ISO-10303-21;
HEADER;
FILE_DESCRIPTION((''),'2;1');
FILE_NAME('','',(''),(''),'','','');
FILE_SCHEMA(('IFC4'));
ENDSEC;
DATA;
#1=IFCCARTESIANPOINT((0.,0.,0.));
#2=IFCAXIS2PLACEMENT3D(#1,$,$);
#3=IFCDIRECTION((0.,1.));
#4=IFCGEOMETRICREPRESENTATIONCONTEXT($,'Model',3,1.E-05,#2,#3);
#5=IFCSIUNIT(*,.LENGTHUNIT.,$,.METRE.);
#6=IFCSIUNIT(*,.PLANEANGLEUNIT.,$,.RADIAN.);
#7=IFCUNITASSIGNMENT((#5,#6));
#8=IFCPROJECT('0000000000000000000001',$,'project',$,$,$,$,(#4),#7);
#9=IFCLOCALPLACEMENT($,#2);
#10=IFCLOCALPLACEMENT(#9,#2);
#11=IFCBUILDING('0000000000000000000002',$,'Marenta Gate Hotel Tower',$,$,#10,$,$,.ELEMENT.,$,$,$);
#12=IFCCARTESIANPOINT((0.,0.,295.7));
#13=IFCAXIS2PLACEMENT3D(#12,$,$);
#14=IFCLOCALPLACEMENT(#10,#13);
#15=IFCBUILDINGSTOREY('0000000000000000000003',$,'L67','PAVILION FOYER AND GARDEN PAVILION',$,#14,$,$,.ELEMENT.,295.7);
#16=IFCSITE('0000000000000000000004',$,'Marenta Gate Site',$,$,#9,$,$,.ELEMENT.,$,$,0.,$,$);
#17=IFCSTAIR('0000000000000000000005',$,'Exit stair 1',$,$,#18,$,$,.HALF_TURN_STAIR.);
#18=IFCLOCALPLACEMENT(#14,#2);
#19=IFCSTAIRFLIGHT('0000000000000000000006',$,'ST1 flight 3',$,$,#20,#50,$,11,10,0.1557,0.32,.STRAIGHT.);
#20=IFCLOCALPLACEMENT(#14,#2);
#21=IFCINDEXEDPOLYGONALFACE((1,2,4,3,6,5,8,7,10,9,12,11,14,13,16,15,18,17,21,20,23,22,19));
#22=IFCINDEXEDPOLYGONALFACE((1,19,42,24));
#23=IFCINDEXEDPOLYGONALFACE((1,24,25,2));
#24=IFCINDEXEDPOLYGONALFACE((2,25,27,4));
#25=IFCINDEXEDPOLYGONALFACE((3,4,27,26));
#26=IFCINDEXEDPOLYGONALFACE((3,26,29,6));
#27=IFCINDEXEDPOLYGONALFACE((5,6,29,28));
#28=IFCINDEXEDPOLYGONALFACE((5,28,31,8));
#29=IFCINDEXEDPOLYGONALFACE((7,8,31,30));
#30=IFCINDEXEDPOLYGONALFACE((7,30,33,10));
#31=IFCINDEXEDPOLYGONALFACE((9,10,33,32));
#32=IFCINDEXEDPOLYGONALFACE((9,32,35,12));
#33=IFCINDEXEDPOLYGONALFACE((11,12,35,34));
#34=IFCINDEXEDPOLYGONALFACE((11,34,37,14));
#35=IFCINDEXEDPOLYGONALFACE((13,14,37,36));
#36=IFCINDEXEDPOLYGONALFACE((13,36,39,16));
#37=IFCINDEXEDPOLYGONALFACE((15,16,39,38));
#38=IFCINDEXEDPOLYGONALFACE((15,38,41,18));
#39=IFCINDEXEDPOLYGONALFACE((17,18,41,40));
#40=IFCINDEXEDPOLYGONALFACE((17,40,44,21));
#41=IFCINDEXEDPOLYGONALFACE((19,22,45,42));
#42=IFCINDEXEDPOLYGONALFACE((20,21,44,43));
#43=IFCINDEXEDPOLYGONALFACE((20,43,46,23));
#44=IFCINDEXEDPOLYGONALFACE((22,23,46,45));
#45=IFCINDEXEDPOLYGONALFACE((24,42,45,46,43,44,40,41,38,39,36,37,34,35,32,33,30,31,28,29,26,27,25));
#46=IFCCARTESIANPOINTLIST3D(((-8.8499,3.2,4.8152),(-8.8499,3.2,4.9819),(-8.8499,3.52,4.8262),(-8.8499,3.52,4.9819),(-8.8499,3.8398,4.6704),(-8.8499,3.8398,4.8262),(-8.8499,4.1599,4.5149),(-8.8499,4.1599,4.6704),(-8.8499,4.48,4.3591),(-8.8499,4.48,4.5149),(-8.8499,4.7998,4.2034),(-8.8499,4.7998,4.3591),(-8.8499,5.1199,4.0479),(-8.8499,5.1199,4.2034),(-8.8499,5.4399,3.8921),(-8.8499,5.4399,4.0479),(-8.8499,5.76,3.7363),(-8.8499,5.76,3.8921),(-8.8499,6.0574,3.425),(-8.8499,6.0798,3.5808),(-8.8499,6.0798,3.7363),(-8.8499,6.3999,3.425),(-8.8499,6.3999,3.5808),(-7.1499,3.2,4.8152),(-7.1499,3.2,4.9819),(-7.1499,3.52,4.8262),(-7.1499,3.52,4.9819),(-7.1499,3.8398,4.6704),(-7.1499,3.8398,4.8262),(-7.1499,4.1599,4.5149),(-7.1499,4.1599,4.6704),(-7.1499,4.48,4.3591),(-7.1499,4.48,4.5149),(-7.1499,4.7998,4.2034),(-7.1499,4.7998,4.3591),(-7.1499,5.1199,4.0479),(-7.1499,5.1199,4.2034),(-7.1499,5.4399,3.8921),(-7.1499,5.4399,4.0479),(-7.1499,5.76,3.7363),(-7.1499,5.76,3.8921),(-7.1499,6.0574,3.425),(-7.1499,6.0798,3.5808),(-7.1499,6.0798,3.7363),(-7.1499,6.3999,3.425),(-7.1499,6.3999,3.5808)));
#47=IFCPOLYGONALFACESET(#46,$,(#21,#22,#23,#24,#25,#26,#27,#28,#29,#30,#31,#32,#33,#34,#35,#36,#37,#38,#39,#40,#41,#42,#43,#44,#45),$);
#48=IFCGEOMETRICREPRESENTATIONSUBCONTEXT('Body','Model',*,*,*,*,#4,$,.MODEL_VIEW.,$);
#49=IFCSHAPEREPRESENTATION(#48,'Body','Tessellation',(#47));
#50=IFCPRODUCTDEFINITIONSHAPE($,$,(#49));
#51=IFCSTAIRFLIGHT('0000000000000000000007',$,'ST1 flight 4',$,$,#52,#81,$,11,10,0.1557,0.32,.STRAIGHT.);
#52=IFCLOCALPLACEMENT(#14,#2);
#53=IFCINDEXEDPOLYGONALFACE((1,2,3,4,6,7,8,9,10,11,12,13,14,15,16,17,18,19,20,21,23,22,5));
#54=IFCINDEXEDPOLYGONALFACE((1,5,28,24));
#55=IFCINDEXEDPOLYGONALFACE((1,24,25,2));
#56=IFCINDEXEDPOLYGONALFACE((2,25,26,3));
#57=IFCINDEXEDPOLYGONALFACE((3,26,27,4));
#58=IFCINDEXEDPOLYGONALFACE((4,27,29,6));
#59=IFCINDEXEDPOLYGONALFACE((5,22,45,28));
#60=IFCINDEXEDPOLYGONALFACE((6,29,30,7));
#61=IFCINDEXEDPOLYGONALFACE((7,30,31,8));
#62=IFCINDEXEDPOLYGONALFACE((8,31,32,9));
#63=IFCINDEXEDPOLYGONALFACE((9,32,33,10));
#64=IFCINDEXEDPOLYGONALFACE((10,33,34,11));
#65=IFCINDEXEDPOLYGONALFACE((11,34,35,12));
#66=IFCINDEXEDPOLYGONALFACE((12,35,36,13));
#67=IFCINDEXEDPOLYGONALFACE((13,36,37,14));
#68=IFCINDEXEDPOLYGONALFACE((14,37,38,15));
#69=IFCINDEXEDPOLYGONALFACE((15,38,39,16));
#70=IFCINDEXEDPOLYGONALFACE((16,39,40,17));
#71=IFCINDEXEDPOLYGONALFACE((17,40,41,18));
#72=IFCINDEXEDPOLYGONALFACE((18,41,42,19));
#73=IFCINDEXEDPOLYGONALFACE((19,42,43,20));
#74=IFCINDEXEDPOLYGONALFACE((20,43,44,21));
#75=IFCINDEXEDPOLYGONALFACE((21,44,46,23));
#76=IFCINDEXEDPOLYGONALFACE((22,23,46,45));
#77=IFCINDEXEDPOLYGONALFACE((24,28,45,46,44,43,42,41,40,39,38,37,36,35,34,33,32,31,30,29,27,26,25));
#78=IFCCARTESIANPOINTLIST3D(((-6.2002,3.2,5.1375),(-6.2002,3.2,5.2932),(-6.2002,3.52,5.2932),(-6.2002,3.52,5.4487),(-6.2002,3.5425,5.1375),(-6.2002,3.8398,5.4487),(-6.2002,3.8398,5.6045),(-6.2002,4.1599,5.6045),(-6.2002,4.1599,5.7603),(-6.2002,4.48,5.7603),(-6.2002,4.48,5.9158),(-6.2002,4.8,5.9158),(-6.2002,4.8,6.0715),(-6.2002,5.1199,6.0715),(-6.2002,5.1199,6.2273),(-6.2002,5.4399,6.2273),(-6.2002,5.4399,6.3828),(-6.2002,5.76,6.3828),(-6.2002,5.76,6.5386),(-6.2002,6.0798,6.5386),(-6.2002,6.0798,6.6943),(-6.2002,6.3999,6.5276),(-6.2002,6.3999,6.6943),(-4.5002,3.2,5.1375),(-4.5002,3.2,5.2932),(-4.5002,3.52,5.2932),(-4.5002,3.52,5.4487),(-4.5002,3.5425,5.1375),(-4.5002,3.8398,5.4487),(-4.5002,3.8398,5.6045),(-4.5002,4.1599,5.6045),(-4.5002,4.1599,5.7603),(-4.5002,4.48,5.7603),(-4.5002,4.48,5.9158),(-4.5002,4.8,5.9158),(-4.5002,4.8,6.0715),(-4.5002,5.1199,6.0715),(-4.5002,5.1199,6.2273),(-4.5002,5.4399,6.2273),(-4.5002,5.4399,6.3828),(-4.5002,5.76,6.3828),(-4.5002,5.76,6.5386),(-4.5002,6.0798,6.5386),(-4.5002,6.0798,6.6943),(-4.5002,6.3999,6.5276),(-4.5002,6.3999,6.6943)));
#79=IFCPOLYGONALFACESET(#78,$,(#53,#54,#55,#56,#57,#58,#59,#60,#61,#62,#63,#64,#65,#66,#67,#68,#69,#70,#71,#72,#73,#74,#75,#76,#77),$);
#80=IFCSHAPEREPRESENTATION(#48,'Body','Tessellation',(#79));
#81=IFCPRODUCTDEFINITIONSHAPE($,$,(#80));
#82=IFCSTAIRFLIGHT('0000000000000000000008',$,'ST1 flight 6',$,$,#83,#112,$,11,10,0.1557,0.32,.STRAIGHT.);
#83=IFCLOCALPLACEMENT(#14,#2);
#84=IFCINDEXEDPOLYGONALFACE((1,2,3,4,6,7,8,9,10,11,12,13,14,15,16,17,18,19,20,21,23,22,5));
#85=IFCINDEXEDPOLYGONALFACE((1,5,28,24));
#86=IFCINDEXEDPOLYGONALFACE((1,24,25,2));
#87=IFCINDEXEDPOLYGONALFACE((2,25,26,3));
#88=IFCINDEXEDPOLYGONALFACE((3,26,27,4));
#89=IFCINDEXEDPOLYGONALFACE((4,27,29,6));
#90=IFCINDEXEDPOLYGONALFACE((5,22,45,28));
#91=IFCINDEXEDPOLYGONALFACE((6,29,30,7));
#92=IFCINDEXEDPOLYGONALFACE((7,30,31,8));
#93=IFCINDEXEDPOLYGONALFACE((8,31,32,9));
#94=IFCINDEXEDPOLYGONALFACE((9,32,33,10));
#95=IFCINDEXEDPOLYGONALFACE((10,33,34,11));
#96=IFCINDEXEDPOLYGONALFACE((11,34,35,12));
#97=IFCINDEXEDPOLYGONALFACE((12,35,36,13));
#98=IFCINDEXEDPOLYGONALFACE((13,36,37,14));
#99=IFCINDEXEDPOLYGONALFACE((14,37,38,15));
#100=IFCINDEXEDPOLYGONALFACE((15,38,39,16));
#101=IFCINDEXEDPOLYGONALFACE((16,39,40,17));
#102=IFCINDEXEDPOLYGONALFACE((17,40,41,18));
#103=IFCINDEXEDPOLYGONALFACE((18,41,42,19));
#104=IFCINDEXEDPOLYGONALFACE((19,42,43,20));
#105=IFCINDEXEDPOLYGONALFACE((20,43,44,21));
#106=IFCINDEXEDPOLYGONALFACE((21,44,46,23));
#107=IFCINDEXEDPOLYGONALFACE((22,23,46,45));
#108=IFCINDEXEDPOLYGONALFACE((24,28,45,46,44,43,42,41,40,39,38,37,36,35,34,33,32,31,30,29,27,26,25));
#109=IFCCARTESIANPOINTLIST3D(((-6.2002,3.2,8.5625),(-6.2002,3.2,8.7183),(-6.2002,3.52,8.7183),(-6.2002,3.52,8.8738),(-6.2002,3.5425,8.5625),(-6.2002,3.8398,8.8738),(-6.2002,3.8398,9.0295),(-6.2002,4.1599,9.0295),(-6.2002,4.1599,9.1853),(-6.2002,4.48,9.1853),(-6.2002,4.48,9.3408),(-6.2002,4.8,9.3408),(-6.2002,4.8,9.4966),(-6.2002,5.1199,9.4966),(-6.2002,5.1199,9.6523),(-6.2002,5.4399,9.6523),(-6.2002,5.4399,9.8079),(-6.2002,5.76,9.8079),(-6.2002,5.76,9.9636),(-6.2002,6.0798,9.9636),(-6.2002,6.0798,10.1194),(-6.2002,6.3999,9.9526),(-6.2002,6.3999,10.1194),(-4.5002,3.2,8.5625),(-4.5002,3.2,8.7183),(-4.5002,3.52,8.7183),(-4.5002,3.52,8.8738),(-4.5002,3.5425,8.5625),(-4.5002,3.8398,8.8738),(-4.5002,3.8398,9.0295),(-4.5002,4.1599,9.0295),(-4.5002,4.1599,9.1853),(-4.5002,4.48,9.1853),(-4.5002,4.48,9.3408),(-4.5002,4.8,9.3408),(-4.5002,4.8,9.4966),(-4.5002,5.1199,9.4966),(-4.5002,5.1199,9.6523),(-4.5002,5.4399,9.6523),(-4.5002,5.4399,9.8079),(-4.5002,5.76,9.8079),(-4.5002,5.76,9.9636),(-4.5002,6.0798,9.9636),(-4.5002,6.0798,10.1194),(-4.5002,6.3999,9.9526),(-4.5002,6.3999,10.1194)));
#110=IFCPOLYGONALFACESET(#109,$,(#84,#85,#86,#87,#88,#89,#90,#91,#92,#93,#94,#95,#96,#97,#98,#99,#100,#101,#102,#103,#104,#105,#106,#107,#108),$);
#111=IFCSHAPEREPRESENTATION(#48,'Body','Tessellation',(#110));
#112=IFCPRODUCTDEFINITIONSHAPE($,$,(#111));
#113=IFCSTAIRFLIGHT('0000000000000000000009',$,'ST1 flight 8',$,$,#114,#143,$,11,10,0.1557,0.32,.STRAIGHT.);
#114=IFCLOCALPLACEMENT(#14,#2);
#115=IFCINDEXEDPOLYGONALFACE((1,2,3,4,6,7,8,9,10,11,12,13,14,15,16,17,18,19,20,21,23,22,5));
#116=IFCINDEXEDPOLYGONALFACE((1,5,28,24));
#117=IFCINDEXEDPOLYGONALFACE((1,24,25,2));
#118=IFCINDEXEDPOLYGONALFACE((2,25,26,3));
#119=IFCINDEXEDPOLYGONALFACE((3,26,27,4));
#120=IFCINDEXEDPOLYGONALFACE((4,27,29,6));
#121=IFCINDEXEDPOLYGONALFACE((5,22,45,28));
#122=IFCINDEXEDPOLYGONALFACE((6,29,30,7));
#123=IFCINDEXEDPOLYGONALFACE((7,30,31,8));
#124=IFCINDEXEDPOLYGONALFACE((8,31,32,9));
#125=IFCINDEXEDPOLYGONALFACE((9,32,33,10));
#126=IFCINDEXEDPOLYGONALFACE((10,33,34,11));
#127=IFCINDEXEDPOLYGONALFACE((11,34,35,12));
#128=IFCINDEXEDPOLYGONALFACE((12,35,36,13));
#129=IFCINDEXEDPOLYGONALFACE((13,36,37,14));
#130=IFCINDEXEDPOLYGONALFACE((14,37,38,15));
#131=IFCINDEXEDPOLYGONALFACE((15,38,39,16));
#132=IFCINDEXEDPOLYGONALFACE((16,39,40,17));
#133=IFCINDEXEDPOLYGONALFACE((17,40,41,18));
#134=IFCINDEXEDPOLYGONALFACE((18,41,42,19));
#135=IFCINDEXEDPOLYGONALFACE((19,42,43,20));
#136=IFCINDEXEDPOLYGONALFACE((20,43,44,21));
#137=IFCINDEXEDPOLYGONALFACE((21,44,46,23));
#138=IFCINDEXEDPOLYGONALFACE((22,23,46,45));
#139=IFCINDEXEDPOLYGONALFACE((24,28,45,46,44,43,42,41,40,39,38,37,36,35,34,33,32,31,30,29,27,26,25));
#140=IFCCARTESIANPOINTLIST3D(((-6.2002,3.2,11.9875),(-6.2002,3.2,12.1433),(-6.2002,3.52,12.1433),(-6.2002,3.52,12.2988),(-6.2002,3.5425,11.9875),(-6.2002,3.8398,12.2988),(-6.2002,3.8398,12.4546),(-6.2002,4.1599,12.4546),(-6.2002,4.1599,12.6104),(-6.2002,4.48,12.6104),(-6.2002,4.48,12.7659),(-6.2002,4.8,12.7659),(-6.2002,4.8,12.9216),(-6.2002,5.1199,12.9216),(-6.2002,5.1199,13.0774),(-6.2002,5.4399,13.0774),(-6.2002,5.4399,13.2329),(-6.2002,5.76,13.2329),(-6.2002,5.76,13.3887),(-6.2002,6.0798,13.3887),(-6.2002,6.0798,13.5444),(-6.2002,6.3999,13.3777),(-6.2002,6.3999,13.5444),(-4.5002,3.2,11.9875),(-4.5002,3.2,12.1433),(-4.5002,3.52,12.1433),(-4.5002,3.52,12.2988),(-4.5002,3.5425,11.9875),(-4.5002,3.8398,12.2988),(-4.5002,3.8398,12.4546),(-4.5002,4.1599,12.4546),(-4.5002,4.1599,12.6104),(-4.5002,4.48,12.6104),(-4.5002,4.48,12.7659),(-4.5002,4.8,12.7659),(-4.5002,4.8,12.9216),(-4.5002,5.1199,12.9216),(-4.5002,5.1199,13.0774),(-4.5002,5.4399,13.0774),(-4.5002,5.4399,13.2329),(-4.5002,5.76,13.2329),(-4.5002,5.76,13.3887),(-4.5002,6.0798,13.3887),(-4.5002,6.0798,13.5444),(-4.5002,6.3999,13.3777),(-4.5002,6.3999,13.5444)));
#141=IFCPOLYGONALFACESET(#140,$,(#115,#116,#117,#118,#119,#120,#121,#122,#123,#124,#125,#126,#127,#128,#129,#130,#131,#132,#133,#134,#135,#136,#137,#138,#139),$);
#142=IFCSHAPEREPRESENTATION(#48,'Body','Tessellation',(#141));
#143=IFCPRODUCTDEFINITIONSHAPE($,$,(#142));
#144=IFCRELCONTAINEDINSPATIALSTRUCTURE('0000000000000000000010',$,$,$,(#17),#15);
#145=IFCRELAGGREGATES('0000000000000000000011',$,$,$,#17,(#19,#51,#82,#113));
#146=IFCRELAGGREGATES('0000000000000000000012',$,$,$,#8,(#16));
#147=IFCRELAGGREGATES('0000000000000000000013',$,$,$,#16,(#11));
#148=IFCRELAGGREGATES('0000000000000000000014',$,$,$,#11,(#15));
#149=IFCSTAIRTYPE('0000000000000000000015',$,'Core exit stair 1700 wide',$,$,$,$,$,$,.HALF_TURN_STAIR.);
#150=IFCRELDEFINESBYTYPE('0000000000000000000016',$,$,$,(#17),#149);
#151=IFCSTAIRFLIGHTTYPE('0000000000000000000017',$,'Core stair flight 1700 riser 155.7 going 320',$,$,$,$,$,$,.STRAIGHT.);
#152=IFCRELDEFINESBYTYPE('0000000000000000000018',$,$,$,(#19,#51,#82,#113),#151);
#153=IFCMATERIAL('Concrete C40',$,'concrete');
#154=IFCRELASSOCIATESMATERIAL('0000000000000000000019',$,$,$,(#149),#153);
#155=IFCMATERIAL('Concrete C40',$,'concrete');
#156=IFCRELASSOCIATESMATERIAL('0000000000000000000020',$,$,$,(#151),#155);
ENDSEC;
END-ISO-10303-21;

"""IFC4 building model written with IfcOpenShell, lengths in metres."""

from ifc_helpers import new_model, si_unit, direction, frame, origin, place, context, subcontext, project, spatial, polyline, outline, extrude, material, type_object, element, aggregate, save


model = new_model("IFC4")

# Units and contexts
model_context = context("Model", 3, precision=1e-05, world=origin(), true_north=direction((0.0, 1.0)))
body_context = subcontext(model_context, "Body", "Model", "MODEL_VIEW")
ifc_project = project(units=[si_unit("LENGTHUNIT", "METRE"), si_unit("PLANEANGLEUNIT", "RADIAN")], contexts=[model_context])

# Site, building, storey
site_placement = place(None, origin())
site = spatial("IfcSite", under=ifc_project, at=site_placement, Name="Marenta Gate Site", CompositionType="ELEMENT", RefElevation=0.0)
building_placement = place(site_placement, origin())
building = spatial("IfcBuilding", under=site, at=building_placement, Name="Marenta Gate Hotel Tower", CompositionType="ELEMENT")
storey_placement = place(building_placement, frame((0.0, 0.0, 295.7)))
storey = spatial("IfcBuildingStorey", under=building, at=storey_placement, Name="L67", Description="PAVILION FOYER AND GARDEN PAVILION", CompositionType="ELEMENT", Elevation=295.7)

# Stair
ifc_material_1 = material(Name="Concrete C40", Category="concrete")
stair_type = type_object("IfcStairType", Name="Core exit stair 1700 wide", PredefinedType="HALF_TURN_STAIR", material=ifc_material_1)
stair_placement = place(storey_placement, origin())
stair = element("IfcStair", 1, at=stair_placement, inside=storey, type_object=stair_type, Name="Exit stair 1", PredefinedType="HALF_TURN_STAIR")

# Stair flights
ifc_material_2 = material(Name="Concrete C40", Category="concrete")
stair_flight_type = type_object("IfcStairFlightType", Name="Core stair flight 1700 riser 155.7 going 320", PredefinedType="STRAIGHT", material=ifc_material_2)
stair_flight_1_placement = place(storey_placement, frame((-8.0, 6.3999, 3.425), z_axis=(0.0, 0.0, 1.0), x_axis=(0.0, -1.0, 0.0)))
stair_flight_1 = element("IfcStairFlight", 2, at=stair_flight_1_placement, type_object=stair_flight_type, Name="ST1 flight 3", NumberOfRisers=11, NumberOfTreads=10, PredefinedType="STRAIGHT", RiserHeight=0.1557, TreadLength=0.32, context=body_context, shape_type="SweptSolid", body=[
    extrude(outline(polyline([(0.0, 0.0), (0.0, 0.1558), (0.3201, 0.1558), (0.3201, 0.3113), (0.6399, 0.3113), (0.6399, 0.467), (0.96, 0.467), (0.96, 0.6228), (1.28, 0.6228), (1.28, 0.7783), (1.6001, 0.7783), (1.6001, 0.9341), (1.9199, 0.9341), (1.9199, 1.0898), (2.24, 1.0898), (2.24, 1.2454), (2.5601, 1.2454), (2.5601, 1.4011), (2.8799, 1.4011), (2.8799, 1.5569), (3.2, 1.5569), (3.2, 1.7124), (3.2, 1.3901), (0.3425, 0.0), (0.0, 0.0)])), frame((0.0, 0.8501, 0.0), z_axis=(0.0, -1.0, 0.0), x_axis=(1.0, 0.0, 0.0)), (0.0, 0.0, 1.0), 1.7),
])
stair_flight_2_placement = place(storey_placement, frame((-5.3501, 3.2, 5.1375), z_axis=(0.0, 0.0, 1.0), x_axis=(0.0, 1.0, 0.0)))
stair_flight_2 = element("IfcStairFlight", 3, at=stair_flight_2_placement, type_object=stair_flight_type, Name="ST1 flight 4", NumberOfRisers=11, NumberOfTreads=10, PredefinedType="STRAIGHT", RiserHeight=0.1557, TreadLength=0.32, context=body_context, shape_type="SweptSolid", body=[
    extrude(outline(polyline([(0.0, 0.0), (0.0, 0.1558), (0.3201, 0.1558), (0.3201, 0.3113), (0.6399, 0.3113), (0.6399, 0.467), (0.96, 0.467), (0.96, 0.6228), (1.28, 0.6228), (1.28, 0.7783), (1.6001, 0.7783), (1.6001, 0.9341), (1.9199, 0.9341), (1.9199, 1.0898), (2.24, 1.0898), (2.24, 1.2454), (2.5601, 1.2454), (2.5601, 1.4011), (2.8799, 1.4011), (2.8799, 1.5569), (3.2, 1.5569), (3.2, 1.7124), (3.2, 1.3901), (0.3425, 0.0), (0.0, 0.0)])), frame((0.0, 0.8501, 0.0), z_axis=(0.0, -1.0, 0.0), x_axis=(1.0, 0.0, 0.0)), (0.0, 0.0, 1.0), 1.7),
])
stair_flight_3_placement = place(storey_placement, frame((-5.3501, 3.2, 8.5625), z_axis=(0.0, 0.0, 1.0), x_axis=(0.0, 1.0, 0.0)))
stair_flight_3 = element("IfcStairFlight", 4, at=stair_flight_3_placement, type_object=stair_flight_type, Name="ST1 flight 6", NumberOfRisers=11, NumberOfTreads=10, PredefinedType="STRAIGHT", RiserHeight=0.1557, TreadLength=0.32, context=body_context, shape_type="SweptSolid", body=[
    extrude(outline(polyline([(0.0, 0.0), (0.0, 0.1558), (0.3201, 0.1558), (0.3201, 0.3113), (0.6399, 0.3113), (0.6399, 0.467), (0.96, 0.467), (0.96, 0.6228), (1.28, 0.6228), (1.28, 0.7783), (1.6001, 0.7783), (1.6001, 0.9341), (1.9199, 0.9341), (1.9199, 1.0898), (2.24, 1.0898), (2.24, 1.2454), (2.5601, 1.2454), (2.5601, 1.4011), (2.8799, 1.4011), (2.8799, 1.5569), (3.2, 1.5569), (3.2, 1.7124), (3.2, 1.3901), (0.3425, 0.0), (0.0, 0.0)])), frame((0.0, 0.8501, 0.0), z_axis=(0.0, -1.0, 0.0), x_axis=(1.0, 0.0, 0.0)), (0.0, 0.0, 1.0), 1.7),
])
stair_flight_4_placement = place(storey_placement, frame((-5.3501, 3.2, 11.9875), z_axis=(0.0, 0.0, 1.0), x_axis=(0.0, 1.0, 0.0)))
stair_flight_4 = element("IfcStairFlight", 5, at=stair_flight_4_placement, type_object=stair_flight_type, Name="ST1 flight 8", NumberOfRisers=11, NumberOfTreads=10, PredefinedType="STRAIGHT", RiserHeight=0.1557, TreadLength=0.32, context=body_context, shape_type="SweptSolid", body=[
    extrude(outline(polyline([(0.0, 0.0), (0.0, 0.1558), (0.3201, 0.1558), (0.3201, 0.3113), (0.6399, 0.3113), (0.6399, 0.467), (0.96, 0.467), (0.96, 0.6228), (1.28, 0.6228), (1.28, 0.7783), (1.6001, 0.7783), (1.6001, 0.9341), (1.9199, 0.9341), (1.9199, 1.0898), (2.24, 1.0898), (2.24, 1.2454), (2.5601, 1.2454), (2.5601, 1.4011), (2.8799, 1.4011), (2.8799, 1.5569), (3.2, 1.5569), (3.2, 1.7124), (3.2, 1.3901), (0.3425, 0.0), (0.0, 0.0)])), frame((0.0, 0.8501, 0.0), z_axis=(0.0, -1.0, 0.0), x_axis=(1.0, 0.0, 0.0)), (0.0, 0.0, 1.0), 1.7),
])
aggregate(stair, [stair_flight_1, stair_flight_2, stair_flight_3, stair_flight_4])

save(model, "model.ifc")
